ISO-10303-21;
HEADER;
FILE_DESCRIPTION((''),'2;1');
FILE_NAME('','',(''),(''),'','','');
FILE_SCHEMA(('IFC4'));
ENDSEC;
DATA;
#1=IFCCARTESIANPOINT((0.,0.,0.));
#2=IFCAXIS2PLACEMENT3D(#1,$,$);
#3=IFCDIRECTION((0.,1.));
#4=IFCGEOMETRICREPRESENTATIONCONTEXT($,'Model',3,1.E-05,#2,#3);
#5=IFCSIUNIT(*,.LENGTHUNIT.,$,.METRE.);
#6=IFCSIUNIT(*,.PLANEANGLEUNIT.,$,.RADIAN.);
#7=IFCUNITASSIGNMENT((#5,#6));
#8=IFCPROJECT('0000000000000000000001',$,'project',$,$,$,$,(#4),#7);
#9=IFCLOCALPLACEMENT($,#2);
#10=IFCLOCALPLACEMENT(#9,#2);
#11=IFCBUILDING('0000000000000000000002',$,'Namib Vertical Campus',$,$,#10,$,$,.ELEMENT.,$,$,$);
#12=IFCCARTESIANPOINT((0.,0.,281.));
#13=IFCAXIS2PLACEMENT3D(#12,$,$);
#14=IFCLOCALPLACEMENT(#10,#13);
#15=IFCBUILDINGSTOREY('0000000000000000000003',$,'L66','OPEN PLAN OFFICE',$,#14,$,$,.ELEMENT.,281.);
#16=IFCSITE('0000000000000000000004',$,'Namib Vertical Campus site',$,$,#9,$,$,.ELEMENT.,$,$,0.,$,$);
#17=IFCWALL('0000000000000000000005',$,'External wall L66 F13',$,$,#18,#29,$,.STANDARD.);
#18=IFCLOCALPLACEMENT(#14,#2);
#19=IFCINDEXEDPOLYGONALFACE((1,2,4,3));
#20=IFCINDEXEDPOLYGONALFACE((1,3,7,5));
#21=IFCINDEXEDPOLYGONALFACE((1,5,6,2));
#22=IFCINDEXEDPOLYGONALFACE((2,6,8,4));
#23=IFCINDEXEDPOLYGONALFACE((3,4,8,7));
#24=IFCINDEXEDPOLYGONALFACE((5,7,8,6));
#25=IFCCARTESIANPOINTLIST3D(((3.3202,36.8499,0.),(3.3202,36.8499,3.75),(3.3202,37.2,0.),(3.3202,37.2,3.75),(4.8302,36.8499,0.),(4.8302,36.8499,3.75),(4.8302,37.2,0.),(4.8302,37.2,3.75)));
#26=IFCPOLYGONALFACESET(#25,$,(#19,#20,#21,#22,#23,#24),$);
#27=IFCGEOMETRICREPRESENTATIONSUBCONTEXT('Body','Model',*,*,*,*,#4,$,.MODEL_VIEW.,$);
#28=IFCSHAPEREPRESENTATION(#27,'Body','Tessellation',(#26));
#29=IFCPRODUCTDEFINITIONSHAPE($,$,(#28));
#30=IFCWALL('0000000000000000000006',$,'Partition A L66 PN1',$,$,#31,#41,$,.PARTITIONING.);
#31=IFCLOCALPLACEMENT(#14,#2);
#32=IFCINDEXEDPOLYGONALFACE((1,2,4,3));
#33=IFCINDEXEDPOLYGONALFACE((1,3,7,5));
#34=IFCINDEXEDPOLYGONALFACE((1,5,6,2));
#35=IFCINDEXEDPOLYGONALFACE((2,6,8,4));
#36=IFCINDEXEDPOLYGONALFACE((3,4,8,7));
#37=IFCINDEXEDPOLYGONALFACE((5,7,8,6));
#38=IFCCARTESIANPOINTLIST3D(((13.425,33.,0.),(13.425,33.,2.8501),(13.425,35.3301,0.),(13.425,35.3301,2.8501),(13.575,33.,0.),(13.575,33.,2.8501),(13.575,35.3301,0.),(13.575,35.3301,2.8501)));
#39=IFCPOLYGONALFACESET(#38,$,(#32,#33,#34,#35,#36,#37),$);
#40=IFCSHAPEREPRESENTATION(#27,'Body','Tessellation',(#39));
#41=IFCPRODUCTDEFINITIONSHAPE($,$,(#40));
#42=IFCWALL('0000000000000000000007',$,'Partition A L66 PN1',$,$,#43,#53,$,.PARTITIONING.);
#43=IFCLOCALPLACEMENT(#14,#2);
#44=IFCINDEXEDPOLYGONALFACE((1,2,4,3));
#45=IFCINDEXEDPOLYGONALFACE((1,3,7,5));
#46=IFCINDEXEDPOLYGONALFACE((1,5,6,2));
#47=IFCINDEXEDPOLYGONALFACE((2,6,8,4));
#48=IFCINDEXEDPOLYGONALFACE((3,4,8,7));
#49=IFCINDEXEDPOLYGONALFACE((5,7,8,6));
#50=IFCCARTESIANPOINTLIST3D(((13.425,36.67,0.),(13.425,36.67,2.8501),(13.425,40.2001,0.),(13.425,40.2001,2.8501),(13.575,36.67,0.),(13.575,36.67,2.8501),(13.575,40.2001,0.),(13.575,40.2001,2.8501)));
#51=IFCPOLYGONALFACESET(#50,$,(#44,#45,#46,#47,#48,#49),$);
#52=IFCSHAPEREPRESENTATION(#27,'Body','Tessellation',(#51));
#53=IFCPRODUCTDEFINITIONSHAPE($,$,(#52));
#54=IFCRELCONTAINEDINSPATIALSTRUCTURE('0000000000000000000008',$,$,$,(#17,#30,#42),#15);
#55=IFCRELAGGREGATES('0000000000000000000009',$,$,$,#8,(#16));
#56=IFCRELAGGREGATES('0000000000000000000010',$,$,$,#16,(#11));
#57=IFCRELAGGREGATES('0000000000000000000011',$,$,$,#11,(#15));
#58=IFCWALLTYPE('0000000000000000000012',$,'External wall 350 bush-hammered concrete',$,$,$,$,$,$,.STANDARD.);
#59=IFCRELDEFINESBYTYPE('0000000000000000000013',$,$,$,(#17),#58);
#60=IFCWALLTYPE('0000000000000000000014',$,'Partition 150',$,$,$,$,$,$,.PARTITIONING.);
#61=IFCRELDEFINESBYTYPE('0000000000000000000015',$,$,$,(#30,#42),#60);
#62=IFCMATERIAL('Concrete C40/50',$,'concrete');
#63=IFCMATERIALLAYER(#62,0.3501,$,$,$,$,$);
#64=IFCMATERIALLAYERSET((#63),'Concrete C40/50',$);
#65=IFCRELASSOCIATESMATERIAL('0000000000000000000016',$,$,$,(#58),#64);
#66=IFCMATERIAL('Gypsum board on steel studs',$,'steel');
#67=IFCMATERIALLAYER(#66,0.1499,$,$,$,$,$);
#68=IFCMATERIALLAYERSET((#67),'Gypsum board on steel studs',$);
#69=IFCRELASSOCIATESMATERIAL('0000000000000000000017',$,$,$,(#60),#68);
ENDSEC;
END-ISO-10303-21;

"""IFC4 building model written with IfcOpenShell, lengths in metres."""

from ifc_helpers import new_model, si_unit, direction, frame, frame_2d, origin, place, context, subcontext, project, spatial, rectangle, extrude, material, layer, layer_set, type_object, element, save


model = new_model("IFC4")

# Units and contexts
model_context = context("Model", 3, precision=1e-05, world=origin(), true_north=direction((0.0, 1.0)))
body_context = subcontext(model_context, "Body", "Model", "MODEL_VIEW")
ifc_project = project(units=[si_unit("LENGTHUNIT", "METRE"), si_unit("PLANEANGLEUNIT", "RADIAN")], contexts=[model_context])

# Site, building, storey
site_placement = place(None, origin())
site = spatial("IfcSite", under=ifc_project, at=site_placement, Name="Namib Vertical Campus site", CompositionType="ELEMENT", RefElevation=0.0)
building_placement = place(site_placement, origin())
building = spatial("IfcBuilding", under=site, at=building_placement, Name="Namib Vertical Campus", CompositionType="ELEMENT")
storey_placement = place(building_placement, frame((0.0, 0.0, 281.0)))
storey = spatial("IfcBuildingStorey", under=building, at=storey_placement, Name="L66", Description="OPEN PLAN OFFICE", CompositionType="ELEMENT", Elevation=281.0)

# Walls
ifc_material_1 = material(Name="Concrete C40/50", Category="concrete")
ifc_layer_1 = layer(ifc_material_1, 0.3501)
ifc_layer_set_1 = layer_set([ifc_layer_1], Name="Concrete C40/50")
wall_type_1 = type_object("IfcWallType", Name="External wall 350 bush-hammered concrete", PredefinedType="STANDARD", material=ifc_layer_set_1)
wall_1_placement = place(storey_placement, frame((4.8301, 37.0249, 0.0), z_axis=(0.0, 0.0, 1.0), x_axis=(-1.0, 0.0, 0.0)))
element("IfcWall", 1, at=wall_1_placement, inside=storey, type_object=wall_type_1, Name="External wall L66 F13", PredefinedType="STANDARD", context=body_context, shape_type="SweptSolid", body=[
    extrude(rectangle(XDim=1.51, YDim=0.3501, at=frame_2d((0.7549, 0.0))), origin(), (0.0, 0.0, 1.0), 3.75),
])
ifc_material_2 = material(Name="Gypsum board on steel studs", Category="steel")
ifc_layer_2 = layer(ifc_material_2, 0.1499)
ifc_layer_set_2 = layer_set([ifc_layer_2], Name="Gypsum board on steel studs")
wall_type_2 = type_object("IfcWallType", Name="Partition 150", PredefinedType="PARTITIONING", material=ifc_layer_set_2)
wall_2_placement = place(storey_placement, frame((13.5, 33.0, 0.0), z_axis=(0.0, 0.0, 1.0), x_axis=(0.0, 1.0, 0.0)))
element("IfcWall", 2, at=wall_2_placement, inside=storey, type_object=wall_type_2, Name="Partition A L66 PN1", PredefinedType="PARTITIONING", context=body_context, shape_type="SweptSolid", body=[
    extrude(rectangle(XDim=2.3301, YDim=0.1499, at=frame_2d((1.165, 0.0))), origin(), (0.0, 0.0, 1.0), 2.8501),
])
wall_3_placement = place(storey_placement, frame((13.5, 36.6699, 0.0), z_axis=(0.0, 0.0, 1.0), x_axis=(0.0, 1.0, 0.0)))
element("IfcWall", 3, at=wall_3_placement, inside=storey, type_object=wall_type_2, Name="Partition A L66 PN1", PredefinedType="PARTITIONING", context=body_context, shape_type="SweptSolid", body=[
    extrude(rectangle(XDim=3.53, YDim=0.1499, at=frame_2d((1.7651, 0.0))), origin(), (0.0, 0.0, 1.0), 2.8501),
])

save(model, "model.ifc")
